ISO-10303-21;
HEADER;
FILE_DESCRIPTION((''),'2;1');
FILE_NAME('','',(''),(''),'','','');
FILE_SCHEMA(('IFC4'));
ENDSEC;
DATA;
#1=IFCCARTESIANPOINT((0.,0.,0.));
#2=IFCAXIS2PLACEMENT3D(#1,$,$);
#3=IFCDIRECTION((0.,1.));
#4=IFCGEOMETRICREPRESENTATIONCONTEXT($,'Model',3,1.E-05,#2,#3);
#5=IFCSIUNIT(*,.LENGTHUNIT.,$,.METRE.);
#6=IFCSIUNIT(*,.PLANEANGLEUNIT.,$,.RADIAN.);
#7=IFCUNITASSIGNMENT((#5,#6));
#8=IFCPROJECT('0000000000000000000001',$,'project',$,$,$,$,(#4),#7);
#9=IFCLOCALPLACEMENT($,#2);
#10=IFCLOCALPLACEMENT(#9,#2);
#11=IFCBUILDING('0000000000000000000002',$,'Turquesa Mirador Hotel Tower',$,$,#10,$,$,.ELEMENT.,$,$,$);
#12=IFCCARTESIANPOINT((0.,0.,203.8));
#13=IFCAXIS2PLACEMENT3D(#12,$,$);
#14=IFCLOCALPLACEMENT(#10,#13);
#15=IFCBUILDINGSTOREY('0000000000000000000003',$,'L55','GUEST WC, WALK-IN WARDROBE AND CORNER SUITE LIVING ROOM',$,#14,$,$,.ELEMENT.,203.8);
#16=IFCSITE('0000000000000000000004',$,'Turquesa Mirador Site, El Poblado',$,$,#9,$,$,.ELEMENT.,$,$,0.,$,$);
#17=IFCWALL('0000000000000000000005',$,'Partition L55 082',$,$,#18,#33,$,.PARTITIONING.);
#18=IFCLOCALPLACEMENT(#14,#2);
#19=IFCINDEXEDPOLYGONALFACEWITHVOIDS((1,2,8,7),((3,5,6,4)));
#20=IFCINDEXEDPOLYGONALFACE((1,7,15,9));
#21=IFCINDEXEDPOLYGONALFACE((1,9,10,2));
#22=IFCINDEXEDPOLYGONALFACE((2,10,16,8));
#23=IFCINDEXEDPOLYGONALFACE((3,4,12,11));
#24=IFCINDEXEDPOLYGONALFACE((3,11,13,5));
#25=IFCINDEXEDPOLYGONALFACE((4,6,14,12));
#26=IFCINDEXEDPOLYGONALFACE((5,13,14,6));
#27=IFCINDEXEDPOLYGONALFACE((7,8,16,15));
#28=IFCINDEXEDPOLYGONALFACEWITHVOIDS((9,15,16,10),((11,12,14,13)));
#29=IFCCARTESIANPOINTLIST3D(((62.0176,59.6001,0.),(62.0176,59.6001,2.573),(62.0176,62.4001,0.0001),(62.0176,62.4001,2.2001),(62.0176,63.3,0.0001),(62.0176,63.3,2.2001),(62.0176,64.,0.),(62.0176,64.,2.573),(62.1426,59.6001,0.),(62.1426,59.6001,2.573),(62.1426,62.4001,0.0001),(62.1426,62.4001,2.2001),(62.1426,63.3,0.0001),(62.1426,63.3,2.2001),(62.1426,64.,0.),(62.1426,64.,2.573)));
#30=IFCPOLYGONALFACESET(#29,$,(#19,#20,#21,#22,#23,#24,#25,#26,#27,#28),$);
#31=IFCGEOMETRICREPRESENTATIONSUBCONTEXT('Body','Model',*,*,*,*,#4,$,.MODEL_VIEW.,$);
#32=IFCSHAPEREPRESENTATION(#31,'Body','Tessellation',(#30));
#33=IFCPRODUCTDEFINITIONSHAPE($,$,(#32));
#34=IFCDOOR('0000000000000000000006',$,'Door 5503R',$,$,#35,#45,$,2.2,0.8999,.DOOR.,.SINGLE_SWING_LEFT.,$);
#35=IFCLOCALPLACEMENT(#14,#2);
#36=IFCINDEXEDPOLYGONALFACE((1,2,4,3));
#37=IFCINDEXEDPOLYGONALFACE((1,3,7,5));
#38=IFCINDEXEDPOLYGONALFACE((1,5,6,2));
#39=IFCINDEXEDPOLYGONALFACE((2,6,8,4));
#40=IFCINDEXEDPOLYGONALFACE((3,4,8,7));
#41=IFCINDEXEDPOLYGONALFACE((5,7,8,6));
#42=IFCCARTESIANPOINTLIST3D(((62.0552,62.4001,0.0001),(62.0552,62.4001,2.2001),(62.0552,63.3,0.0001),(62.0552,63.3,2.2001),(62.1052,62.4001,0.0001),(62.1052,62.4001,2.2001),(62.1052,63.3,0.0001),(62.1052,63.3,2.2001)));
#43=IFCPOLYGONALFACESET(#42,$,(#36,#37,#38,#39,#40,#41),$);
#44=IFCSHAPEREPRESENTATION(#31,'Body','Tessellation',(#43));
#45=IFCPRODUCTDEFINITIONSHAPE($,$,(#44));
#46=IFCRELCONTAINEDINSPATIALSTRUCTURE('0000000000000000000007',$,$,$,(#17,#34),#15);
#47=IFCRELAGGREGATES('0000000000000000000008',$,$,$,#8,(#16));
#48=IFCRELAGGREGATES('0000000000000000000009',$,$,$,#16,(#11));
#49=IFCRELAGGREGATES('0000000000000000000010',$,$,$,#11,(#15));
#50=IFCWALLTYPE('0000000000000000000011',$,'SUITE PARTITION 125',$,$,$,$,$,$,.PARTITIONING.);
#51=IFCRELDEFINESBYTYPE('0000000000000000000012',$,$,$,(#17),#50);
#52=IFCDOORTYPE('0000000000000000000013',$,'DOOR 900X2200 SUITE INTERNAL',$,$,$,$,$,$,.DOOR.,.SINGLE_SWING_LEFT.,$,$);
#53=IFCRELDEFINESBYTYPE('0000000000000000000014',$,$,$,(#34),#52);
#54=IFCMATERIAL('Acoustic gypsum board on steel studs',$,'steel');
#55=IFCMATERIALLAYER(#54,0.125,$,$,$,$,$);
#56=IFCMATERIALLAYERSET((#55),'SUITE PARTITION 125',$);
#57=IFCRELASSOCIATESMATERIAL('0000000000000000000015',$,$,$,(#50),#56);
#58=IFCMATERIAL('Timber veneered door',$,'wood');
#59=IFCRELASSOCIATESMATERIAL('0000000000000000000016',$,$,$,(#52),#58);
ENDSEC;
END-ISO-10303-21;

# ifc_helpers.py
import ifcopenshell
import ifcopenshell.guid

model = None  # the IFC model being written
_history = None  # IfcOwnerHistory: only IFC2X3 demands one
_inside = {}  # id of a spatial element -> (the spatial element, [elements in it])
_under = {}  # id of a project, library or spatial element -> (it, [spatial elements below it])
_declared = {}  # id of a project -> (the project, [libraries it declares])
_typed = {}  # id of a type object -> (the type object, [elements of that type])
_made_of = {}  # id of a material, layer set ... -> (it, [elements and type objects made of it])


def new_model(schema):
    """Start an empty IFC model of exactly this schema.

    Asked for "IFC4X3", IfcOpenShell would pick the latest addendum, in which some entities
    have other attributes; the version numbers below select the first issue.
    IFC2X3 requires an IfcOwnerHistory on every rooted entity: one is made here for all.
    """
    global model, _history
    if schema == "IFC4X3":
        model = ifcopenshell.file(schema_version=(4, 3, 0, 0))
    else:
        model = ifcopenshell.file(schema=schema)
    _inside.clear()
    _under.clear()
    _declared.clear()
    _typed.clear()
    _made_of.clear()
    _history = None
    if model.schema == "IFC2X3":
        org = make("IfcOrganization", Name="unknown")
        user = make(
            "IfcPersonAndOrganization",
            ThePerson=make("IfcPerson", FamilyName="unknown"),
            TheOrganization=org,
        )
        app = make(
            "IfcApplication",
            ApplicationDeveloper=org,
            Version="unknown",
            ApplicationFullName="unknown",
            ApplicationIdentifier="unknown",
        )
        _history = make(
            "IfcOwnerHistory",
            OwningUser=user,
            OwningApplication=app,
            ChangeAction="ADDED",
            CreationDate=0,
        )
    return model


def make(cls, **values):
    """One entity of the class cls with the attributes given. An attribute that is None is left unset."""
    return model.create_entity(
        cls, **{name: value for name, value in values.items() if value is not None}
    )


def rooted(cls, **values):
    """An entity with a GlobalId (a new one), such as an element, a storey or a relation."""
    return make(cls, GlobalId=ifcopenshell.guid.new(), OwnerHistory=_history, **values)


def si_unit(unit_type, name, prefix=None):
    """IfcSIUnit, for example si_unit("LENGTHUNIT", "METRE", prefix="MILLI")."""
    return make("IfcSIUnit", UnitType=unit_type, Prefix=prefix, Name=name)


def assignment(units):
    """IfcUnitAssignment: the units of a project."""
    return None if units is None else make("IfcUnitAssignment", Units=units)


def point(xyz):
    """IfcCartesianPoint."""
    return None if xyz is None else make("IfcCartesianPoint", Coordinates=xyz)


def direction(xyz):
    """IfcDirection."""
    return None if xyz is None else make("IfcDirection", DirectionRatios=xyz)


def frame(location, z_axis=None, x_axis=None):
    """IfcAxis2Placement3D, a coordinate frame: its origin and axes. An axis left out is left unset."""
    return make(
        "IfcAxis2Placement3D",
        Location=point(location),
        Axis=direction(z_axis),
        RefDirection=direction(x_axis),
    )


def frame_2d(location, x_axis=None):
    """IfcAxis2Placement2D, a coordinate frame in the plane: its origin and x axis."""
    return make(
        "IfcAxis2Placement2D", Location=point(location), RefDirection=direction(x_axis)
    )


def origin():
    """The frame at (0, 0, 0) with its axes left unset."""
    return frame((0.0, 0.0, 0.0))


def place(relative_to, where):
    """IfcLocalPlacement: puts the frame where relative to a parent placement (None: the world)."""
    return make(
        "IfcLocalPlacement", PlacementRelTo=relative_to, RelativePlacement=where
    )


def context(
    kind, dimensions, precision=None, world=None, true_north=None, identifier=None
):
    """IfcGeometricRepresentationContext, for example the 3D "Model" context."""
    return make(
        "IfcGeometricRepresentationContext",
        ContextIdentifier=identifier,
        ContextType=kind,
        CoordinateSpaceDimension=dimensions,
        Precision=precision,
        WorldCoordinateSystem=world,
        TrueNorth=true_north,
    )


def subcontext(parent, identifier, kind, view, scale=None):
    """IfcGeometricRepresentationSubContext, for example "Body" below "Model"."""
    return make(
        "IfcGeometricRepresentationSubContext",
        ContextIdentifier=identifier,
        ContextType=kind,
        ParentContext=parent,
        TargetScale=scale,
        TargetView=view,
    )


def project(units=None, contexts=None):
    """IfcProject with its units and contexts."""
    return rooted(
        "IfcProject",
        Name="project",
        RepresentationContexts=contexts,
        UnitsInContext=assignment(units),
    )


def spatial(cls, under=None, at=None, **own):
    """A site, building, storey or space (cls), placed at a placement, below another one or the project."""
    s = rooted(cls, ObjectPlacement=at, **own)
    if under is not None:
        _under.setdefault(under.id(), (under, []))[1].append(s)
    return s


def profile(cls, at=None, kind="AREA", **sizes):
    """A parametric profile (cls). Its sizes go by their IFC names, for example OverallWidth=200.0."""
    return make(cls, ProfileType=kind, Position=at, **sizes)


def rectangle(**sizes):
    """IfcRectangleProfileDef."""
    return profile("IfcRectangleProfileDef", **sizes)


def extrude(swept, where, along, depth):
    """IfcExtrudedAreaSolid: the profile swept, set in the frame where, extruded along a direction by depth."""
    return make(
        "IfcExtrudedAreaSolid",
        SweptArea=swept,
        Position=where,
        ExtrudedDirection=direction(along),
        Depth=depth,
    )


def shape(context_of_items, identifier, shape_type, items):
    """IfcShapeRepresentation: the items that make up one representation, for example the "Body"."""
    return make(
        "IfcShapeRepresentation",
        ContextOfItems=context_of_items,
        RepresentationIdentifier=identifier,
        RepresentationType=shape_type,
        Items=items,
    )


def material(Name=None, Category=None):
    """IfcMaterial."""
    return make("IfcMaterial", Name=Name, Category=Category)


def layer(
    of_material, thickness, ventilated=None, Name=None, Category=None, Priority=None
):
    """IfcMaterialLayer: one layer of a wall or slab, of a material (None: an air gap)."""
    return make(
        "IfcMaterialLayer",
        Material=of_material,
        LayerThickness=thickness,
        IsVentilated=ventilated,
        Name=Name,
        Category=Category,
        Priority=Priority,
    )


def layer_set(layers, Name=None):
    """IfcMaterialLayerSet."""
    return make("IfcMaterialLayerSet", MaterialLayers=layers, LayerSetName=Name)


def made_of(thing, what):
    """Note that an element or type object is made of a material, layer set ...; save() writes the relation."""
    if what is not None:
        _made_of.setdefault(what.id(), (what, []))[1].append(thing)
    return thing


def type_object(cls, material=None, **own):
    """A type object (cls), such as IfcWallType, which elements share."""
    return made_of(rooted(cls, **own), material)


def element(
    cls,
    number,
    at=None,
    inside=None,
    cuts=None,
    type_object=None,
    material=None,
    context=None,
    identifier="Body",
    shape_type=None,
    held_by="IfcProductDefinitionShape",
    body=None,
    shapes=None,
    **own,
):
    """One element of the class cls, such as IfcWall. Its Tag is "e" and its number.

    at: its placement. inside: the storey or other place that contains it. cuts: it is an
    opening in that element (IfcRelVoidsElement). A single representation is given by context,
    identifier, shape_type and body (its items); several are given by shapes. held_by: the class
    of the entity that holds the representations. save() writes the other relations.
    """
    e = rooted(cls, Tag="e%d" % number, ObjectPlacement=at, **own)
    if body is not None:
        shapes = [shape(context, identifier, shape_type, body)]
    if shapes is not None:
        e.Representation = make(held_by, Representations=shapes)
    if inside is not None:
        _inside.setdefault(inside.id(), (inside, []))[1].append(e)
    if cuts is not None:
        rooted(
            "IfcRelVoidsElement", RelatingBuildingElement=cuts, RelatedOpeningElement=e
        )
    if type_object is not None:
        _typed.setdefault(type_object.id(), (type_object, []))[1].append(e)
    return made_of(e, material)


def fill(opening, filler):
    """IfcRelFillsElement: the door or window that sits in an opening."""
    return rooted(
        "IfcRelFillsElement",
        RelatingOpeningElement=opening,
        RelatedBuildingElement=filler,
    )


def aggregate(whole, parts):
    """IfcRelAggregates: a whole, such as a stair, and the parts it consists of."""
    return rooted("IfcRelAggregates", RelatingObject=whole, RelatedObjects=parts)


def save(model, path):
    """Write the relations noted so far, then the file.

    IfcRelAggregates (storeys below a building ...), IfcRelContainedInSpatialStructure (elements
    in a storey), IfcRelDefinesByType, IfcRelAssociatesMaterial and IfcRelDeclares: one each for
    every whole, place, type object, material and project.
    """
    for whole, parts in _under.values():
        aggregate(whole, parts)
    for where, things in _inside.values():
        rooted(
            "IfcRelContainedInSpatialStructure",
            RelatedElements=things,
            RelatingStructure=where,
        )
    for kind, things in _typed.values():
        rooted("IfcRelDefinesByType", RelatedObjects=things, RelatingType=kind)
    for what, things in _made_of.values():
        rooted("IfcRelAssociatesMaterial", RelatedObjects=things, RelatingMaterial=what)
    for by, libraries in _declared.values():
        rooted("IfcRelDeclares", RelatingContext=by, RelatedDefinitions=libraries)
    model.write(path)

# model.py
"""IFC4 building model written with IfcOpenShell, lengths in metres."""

from ifc_helpers import new_model, si_unit, direction, frame, frame_2d, origin, place, context, subcontext, project, spatial, rectangle, extrude, material, layer, layer_set, type_object, element, fill, save


model = new_model("IFC4")

# Units and contexts
model_context = context("Model", 3, precision=1e-05, world=origin(), true_north=direction((0.0, 1.0)))
body_context = subcontext(model_context, "Body", "Model", "MODEL_VIEW")
ifc_project = project(units=[si_unit("LENGTHUNIT", "METRE"), si_unit("PLANEANGLEUNIT", "RADIAN")], contexts=[model_context])

# Site, building, storey
site_placement = place(None, origin())
site = spatial("IfcSite", under=ifc_project, at=site_placement, Name="Turquesa Mirador Site, El Poblado", CompositionType="ELEMENT", RefElevation=0.0)
building_placement = place(site_placement, origin())
building = spatial("IfcBuilding", under=site, at=building_placement, Name="Turquesa Mirador Hotel Tower", CompositionType="ELEMENT")
storey_placement = place(building_placement, frame((0.0, 0.0, 203.8)))
storey = spatial("IfcBuildingStorey", under=building, at=storey_placement, Name="L55", Description="GUEST WC, WALK-IN WARDROBE AND CORNER SUITE LIVING ROOM", CompositionType="ELEMENT", Elevation=203.8)

# Wall, opening, door
ifc_material_1 = material(Name="Acoustic gypsum board on steel studs", Category="steel")
ifc_layer_1 = layer(ifc_material_1, 0.125)
ifc_layer_set_1 = layer_set([ifc_layer_1], Name="SUITE PARTITION 125")
wall_type_1 = type_object("IfcWallType", Name="SUITE PARTITION 125", PredefinedType="PARTITIONING", material=ifc_layer_set_1)
wall_1_placement = place(storey_placement, frame((62.0801, 59.6001, 0.0), z_axis=(0.0, 0.0, 1.0), x_axis=(0.0, 1.0, 0.0)))
wall_1 = element("IfcWall", 1, at=wall_1_placement, inside=storey, type_object=wall_type_1, Name="Partition L55 082", PredefinedType="PARTITIONING", context=body_context, shape_type="SweptSolid", body=[
    extrude(rectangle(XDim=4.3999, YDim=0.125, at=frame_2d((2.2, 0.0))), origin(), (0.0, 0.0, 1.0), 2.573),
])
opening_1_placement = place(wall_1_placement, frame((2.8, 0.0, 0.0)))
opening_1 = element("IfcOpeningElement", 2, at=opening_1_placement, cuts=wall_1, PredefinedType="OPENING", context=body_context, shape_type="SweptSolid", body=[
    extrude(rectangle(XDim=0.8999, YDim=2.2, at=frame_2d((0.45, 1.1001))), frame((0.0, 0.0725, 0.0), z_axis=(0.0, -1.0, 0.0), x_axis=(1.0, 0.0, 0.0)), (0.0, 0.0, 1.0), 0.145),
])
ifc_material_2 = material(Name="Timber veneered door", Category="wood")
door_type_1 = type_object("IfcDoorType", Name="DOOR 900X2200 SUITE INTERNAL", OperationType="SINGLE_SWING_LEFT", PredefinedType="DOOR", material=ifc_material_2)
door_1_placement = place(opening_1_placement, origin())
door_1 = element("IfcDoor", 3, at=door_1_placement, inside=storey, type_object=door_type_1, Name="Door 5503R", OperationType="SINGLE_SWING_LEFT", OverallHeight=2.2, OverallWidth=0.8999, PredefinedType="DOOR", context=body_context, shape_type="SweptSolid", body=[
    extrude(rectangle(XDim=0.8999, YDim=2.2, at=frame_2d((0.45, 1.1001))), frame((0.0, 0.0249, 0.0), z_axis=(0.0, -1.0, 0.0), x_axis=(1.0, 0.0, 0.0)), (0.0, 0.0, 1.0), 0.05),
])
fill(opening_1, door_1)

save(model, "model.ifc")
